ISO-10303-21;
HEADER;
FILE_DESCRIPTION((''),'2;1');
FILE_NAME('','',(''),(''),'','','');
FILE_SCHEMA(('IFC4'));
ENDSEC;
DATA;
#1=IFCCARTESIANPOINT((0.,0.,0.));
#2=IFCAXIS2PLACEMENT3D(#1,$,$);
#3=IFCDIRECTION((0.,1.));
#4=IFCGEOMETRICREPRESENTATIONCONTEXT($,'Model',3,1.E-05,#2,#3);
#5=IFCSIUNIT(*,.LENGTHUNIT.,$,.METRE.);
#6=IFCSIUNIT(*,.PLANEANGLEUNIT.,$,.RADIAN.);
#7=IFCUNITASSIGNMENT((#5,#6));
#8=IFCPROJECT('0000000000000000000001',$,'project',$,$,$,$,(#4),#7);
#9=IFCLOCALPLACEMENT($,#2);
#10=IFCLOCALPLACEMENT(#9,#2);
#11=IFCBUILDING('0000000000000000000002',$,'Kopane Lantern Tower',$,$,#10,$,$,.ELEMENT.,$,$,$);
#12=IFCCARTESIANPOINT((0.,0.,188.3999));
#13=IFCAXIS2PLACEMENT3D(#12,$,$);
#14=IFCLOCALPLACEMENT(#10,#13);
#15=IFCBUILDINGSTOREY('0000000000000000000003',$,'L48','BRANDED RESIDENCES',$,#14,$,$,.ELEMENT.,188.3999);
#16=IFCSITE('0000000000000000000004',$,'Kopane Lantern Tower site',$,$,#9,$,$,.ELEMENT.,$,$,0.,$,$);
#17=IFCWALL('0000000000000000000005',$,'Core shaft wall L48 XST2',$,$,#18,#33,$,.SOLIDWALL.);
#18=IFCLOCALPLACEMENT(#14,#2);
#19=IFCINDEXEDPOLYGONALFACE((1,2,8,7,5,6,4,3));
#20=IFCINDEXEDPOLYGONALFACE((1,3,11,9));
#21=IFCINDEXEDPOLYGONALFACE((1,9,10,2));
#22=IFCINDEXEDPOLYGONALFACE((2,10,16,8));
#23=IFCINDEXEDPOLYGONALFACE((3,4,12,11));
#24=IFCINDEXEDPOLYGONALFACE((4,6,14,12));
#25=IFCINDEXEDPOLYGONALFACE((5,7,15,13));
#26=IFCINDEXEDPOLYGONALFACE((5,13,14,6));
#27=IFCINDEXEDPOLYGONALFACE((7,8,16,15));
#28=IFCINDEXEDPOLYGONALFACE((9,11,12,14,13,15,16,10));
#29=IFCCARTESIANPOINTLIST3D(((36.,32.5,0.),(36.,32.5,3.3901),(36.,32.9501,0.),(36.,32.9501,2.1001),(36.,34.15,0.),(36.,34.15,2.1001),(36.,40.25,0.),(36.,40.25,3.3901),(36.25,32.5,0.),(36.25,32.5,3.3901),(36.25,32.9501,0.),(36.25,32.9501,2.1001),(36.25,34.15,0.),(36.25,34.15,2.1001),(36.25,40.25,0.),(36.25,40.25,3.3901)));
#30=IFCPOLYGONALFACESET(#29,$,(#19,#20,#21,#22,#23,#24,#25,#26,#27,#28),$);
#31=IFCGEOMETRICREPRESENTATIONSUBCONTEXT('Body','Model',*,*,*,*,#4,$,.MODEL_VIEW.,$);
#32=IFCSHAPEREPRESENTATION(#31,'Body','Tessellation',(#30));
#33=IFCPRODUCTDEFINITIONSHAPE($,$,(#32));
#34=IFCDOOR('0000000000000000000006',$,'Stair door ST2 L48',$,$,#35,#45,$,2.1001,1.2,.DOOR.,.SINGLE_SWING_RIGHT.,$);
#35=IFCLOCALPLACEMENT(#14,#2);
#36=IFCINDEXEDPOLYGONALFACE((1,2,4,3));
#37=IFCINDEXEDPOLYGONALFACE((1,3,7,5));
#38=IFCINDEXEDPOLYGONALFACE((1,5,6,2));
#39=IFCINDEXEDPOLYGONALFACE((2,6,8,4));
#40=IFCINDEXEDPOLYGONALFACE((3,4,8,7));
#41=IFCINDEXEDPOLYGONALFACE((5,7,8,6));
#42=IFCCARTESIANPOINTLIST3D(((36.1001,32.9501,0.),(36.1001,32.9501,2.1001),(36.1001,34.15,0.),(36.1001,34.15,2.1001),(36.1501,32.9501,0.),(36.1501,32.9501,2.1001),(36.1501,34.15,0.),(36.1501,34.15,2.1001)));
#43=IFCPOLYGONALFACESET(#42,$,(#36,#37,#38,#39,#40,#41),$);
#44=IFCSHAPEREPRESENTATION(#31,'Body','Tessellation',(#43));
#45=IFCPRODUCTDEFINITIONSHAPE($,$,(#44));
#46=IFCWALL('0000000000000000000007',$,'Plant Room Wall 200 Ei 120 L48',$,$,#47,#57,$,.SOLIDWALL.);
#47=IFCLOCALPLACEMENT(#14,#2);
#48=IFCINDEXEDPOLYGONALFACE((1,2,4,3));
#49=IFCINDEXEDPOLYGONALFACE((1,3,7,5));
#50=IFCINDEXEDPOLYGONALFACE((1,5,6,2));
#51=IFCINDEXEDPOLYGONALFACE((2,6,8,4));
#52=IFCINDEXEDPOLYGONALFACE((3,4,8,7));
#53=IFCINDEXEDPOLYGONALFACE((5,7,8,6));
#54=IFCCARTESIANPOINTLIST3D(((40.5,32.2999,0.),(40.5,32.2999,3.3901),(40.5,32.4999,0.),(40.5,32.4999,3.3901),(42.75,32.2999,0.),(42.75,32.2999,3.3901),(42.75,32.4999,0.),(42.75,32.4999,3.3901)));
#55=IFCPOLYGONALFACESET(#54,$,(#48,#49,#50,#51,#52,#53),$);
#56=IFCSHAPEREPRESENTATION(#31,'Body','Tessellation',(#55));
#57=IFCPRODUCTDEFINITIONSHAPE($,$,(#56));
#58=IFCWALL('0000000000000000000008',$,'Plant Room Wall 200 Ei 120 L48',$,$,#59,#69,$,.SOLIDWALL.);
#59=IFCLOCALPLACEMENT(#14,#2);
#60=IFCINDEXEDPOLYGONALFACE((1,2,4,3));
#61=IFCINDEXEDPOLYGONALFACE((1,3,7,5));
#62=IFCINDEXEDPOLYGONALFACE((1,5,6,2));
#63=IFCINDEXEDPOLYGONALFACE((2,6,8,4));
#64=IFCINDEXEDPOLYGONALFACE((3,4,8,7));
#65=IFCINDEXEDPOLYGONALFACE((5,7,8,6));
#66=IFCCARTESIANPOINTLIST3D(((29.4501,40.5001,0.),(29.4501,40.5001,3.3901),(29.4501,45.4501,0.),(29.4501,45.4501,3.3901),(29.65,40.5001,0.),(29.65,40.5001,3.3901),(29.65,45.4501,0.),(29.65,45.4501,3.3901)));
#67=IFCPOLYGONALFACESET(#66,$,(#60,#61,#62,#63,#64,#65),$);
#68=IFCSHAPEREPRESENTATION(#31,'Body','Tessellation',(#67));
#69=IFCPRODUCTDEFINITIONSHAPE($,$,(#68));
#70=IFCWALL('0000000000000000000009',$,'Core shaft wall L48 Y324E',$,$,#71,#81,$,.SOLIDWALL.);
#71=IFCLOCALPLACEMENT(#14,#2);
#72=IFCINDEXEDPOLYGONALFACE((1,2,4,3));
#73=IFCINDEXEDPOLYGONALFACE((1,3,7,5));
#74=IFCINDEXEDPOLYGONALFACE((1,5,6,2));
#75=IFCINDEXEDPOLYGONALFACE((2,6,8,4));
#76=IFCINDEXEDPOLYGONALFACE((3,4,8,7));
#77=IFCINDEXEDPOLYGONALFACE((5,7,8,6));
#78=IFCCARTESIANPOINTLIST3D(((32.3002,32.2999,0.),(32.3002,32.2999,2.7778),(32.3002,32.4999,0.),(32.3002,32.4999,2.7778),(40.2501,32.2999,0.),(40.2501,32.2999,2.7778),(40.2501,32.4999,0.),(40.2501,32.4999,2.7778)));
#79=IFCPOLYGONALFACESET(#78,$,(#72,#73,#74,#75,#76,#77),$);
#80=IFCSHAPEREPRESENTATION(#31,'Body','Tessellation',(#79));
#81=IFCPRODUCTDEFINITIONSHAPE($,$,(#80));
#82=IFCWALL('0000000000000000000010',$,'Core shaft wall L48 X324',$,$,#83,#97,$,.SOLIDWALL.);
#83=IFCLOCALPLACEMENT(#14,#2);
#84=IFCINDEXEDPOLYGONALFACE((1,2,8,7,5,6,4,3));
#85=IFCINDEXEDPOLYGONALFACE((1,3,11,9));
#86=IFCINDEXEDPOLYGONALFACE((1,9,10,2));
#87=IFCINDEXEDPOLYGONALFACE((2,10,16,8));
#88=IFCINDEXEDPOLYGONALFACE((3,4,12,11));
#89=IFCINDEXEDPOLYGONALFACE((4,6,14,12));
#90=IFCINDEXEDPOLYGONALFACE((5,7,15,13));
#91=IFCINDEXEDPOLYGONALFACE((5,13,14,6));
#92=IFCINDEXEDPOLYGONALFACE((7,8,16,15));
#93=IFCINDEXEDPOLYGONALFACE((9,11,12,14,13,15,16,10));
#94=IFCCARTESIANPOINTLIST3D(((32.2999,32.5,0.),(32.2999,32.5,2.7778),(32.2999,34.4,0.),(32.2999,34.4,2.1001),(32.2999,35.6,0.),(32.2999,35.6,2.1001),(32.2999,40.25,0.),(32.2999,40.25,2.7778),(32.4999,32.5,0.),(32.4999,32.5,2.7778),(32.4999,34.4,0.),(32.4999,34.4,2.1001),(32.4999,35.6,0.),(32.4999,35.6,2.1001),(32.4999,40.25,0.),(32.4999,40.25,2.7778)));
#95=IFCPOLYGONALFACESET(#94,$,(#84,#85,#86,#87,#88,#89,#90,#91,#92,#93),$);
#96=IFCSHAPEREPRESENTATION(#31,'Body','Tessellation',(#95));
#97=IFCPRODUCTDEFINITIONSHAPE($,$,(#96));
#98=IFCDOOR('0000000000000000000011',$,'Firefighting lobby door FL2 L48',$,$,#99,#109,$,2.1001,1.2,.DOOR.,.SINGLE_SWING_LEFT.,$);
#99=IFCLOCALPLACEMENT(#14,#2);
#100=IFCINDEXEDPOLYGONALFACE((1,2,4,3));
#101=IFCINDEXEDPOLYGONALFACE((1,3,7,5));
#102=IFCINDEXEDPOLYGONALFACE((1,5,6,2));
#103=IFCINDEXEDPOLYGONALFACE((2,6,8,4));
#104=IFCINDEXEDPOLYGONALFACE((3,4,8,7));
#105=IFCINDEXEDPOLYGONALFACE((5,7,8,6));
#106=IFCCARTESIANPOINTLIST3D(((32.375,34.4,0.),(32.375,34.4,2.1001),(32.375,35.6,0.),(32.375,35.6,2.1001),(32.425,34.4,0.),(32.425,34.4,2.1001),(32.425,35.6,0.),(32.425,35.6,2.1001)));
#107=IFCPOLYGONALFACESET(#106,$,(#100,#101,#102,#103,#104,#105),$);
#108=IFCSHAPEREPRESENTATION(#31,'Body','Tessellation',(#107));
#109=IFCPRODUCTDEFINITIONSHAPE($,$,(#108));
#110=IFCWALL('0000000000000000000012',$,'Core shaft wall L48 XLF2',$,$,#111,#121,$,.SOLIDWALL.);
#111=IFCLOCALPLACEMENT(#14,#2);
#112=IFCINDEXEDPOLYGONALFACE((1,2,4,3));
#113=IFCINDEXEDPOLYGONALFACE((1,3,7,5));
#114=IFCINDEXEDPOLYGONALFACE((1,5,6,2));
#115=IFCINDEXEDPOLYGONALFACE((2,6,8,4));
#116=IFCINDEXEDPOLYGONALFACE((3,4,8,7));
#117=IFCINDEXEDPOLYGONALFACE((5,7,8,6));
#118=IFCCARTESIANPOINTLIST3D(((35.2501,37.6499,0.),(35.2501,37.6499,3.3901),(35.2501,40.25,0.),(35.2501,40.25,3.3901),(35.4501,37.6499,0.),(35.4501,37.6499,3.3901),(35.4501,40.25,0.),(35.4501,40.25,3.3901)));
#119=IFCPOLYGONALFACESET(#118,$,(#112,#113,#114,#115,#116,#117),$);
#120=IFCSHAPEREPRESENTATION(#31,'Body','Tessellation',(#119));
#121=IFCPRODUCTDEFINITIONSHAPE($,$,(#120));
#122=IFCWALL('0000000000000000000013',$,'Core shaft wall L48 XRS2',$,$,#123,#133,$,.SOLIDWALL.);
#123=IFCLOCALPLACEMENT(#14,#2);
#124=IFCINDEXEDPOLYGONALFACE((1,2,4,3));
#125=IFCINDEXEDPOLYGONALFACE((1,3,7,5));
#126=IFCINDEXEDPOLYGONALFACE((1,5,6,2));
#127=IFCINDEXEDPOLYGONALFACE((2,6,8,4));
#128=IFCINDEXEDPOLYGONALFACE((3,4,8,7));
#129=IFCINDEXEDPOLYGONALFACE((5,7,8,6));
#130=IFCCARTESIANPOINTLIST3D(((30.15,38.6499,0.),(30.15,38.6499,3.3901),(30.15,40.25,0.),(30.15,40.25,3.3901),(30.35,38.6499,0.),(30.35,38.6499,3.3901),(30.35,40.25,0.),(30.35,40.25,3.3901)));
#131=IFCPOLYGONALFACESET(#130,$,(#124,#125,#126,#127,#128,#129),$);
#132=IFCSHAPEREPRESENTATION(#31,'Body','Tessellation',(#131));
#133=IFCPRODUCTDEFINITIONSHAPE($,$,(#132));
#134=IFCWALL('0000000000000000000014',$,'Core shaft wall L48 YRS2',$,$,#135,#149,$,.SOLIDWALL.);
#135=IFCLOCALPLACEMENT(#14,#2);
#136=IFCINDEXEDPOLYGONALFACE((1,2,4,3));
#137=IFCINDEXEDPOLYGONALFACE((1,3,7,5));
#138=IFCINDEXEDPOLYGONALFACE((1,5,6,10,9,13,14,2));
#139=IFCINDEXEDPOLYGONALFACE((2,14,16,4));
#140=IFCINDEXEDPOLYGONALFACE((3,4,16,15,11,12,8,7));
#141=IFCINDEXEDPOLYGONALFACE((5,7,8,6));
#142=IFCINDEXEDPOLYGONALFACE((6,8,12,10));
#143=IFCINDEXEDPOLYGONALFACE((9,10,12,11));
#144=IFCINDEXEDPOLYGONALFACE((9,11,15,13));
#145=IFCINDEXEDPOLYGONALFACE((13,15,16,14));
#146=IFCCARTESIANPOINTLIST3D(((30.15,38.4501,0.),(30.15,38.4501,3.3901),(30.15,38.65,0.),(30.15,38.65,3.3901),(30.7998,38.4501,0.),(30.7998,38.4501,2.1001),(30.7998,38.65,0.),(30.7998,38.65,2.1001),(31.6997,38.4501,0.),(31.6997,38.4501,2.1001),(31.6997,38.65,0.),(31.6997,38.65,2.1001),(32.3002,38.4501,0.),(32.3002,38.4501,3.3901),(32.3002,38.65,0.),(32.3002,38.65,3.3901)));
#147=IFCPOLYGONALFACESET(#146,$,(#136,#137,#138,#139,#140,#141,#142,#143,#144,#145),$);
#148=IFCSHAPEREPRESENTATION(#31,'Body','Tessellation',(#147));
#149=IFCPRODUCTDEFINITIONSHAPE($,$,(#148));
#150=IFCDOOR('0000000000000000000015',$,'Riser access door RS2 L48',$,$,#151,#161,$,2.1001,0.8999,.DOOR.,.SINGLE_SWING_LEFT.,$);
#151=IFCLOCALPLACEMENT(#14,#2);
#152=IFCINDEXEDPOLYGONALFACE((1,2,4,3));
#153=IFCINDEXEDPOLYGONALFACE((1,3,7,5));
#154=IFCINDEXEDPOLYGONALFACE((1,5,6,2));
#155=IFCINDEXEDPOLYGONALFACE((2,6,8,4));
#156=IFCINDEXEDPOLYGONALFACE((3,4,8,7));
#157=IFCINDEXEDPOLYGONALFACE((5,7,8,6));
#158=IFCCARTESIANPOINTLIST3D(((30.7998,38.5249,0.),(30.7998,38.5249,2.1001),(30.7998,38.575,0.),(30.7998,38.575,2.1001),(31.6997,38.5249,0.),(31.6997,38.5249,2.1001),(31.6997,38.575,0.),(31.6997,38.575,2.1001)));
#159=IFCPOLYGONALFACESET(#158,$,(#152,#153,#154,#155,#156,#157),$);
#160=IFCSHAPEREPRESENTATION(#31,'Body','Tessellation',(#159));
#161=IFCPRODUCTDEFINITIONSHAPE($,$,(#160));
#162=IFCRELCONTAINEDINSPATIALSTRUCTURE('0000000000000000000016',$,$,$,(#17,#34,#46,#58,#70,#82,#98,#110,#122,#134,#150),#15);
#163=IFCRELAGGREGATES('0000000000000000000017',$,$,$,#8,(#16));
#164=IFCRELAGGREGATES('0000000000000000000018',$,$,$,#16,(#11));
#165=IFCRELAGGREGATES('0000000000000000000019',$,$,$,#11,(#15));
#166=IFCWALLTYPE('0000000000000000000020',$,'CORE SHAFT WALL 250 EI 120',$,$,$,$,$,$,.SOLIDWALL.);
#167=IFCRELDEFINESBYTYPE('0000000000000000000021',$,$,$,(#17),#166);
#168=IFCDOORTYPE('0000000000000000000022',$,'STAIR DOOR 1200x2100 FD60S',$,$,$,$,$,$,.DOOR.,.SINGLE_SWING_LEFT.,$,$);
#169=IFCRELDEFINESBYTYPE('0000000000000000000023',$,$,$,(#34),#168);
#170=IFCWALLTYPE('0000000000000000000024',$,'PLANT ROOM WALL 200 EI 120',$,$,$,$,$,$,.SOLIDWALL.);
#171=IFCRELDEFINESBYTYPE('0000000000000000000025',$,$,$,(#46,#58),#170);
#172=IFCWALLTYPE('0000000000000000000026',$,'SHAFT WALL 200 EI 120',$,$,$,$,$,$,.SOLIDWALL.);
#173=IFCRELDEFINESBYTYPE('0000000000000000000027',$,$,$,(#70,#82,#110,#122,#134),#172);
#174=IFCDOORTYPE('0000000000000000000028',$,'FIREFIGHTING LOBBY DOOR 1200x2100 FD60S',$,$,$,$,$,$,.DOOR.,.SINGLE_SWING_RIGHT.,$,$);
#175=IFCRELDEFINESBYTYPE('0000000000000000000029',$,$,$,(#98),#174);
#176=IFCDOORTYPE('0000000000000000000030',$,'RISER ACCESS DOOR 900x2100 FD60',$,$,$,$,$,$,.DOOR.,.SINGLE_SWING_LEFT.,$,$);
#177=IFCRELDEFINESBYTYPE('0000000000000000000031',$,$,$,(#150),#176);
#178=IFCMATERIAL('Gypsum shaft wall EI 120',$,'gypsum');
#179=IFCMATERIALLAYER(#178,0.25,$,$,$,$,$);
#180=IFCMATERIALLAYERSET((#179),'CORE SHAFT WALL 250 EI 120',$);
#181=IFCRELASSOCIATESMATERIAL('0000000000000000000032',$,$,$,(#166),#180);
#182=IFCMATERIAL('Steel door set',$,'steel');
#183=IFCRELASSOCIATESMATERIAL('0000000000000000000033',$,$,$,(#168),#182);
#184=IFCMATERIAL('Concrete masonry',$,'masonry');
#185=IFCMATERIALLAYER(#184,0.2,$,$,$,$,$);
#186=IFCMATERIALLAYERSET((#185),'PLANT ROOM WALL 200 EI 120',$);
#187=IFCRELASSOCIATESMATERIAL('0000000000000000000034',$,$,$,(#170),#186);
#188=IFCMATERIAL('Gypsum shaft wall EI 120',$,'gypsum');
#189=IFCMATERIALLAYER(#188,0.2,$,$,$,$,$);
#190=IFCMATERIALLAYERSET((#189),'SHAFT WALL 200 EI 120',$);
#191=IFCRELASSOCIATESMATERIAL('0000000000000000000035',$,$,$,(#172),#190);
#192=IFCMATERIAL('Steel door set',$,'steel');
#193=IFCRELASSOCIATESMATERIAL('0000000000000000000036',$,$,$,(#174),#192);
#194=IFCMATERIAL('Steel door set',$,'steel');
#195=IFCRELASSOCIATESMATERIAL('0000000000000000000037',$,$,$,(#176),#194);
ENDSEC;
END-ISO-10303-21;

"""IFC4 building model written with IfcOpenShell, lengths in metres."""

from ifc_helpers import new_model, si_unit, direction, frame, frame_2d, origin, place, context, subcontext, project, spatial, rectangle, extrude, material, layer, layer_set, type_object, element, fill, save


model = new_model("IFC4")

# Units and contexts
model_context = context("Model", 3, precision=1e-05, world=origin(), true_north=direction((0.0, 1.0)))
body_context = subcontext(model_context, "Body", "Model", "MODEL_VIEW")
ifc_project = project(units=[si_unit("LENGTHUNIT", "METRE"), si_unit("PLANEANGLEUNIT", "RADIAN")], contexts=[model_context])

# Site, building, storey
site_placement = place(None, origin())
site = spatial("IfcSite", under=ifc_project, at=site_placement, Name="Kopane Lantern Tower site", CompositionType="ELEMENT", RefElevation=0.0)
building_placement = place(site_placement, origin())
building = spatial("IfcBuilding", under=site, at=building_placement, Name="Kopane Lantern Tower", CompositionType="ELEMENT")
storey_placement = place(building_placement, frame((0.0, 0.0, 188.3999)))
storey = spatial("IfcBuildingStorey", under=building, at=storey_placement, Name="L48", Description="BRANDED RESIDENCES", CompositionType="ELEMENT", Elevation=188.3999)

# Wall, opening, door
ifc_material_1 = material(Name="Gypsum shaft wall EI 120", Category="gypsum")
ifc_layer_1 = layer(ifc_material_1, 0.25)
ifc_layer_set_1 = layer_set([ifc_layer_1], Name="CORE SHAFT WALL 250 EI 120")
wall_type_1 = type_object("IfcWallType", Name="CORE SHAFT WALL 250 EI 120", PredefinedType="SOLIDWALL", material=ifc_layer_set_1)
wall_1_placement = place(storey_placement, frame((36.125, 32.5, 0.0), z_axis=(0.0, 0.0, 1.0), x_axis=(0.0, 1.0, 0.0)))
wall_1 = element("IfcWall", 1, at=wall_1_placement, inside=storey, type_object=wall_type_1, Name="Core shaft wall L48 XST2", PredefinedType="SOLIDWALL", context=body_context, shape_type="SweptSolid", body=[
    extrude(rectangle(XDim=7.75, YDim=0.25, at=frame_2d((3.875, 0.0))), origin(), (0.0, 0.0, 1.0), 3.3901),
])
opening_1_placement = place(wall_1_placement, frame((0.45, 0.0, 0.0)))
opening_1 = element("IfcOpeningElement", 2, at=opening_1_placement, cuts=wall_1, PredefinedType="OPENING", context=body_context, shape_type="SweptSolid", body=[
    extrude(rectangle(XDim=1.2, YDim=2.1001, at=frame_2d((0.6001, 1.05))), frame((0.0, 0.135, 0.0), z_axis=(0.0, -1.0, 0.0), x_axis=(1.0, 0.0, 0.0)), (0.0, 0.0, 1.0), 0.27),
])
ifc_material_2 = material(Name="Steel door set", Category="steel")
door_type_1 = type_object("IfcDoorType", Name="STAIR DOOR 1200x2100 FD60S", OperationType="SINGLE_SWING_LEFT", PredefinedType="DOOR", material=ifc_material_2)
door_1_placement = place(opening_1_placement, origin())
door_1 = element("IfcDoor", 3, at=door_1_placement, inside=storey, type_object=door_type_1, Name="Stair door ST2 L48", OperationType="SINGLE_SWING_RIGHT", OverallHeight=2.1001, OverallWidth=1.2, PredefinedType="DOOR", context=body_context, shape_type="SweptSolid", body=[
    extrude(rectangle(XDim=1.2, YDim=2.1001, at=frame_2d((0.6001, 1.05))), frame((0.0, 0.0249, 0.0), z_axis=(0.0, -1.0, 0.0), x_axis=(1.0, 0.0, 0.0)), (0.0, 0.0, 1.0), 0.05),
])
fill(opening_1, door_1)

# Walls
ifc_material_3 = material(Name="Concrete masonry", Category="masonry")
ifc_layer_2 = layer(ifc_material_3, 0.2)
ifc_layer_set_2 = layer_set([ifc_layer_2], Name="PLANT ROOM WALL 200 EI 120")
wall_type_2 = type_object("IfcWallType", Name="PLANT ROOM WALL 200 EI 120", PredefinedType="SOLIDWALL", material=ifc_layer_set_2)
wall_2_placement = place(storey_placement, frame((40.5, 32.3999, 0.0), z_axis=(0.0, 0.0, 1.0), x_axis=(1.0, 0.0, 0.0)))
element("IfcWall", 4, at=wall_2_placement, inside=storey, type_object=wall_type_2, Name="Plant Room Wall 200 Ei 120 L48", PredefinedType="SOLIDWALL", context=body_context, shape_type="SweptSolid", body=[
    extrude(rectangle(XDim=2.25, YDim=0.2, at=frame_2d((1.125, 0.0))), origin(), (0.0, 0.0, 1.0), 3.3901),
])
wall_3_placement = place(storey_placement, frame((29.55, 40.5, 0.0), z_axis=(0.0, 0.0, 1.0), x_axis=(0.0, 1.0, 0.0)))
element("IfcWall", 5, at=wall_3_placement, inside=storey, type_object=wall_type_2, Name="Plant Room Wall 200 Ei 120 L48", PredefinedType="SOLIDWALL", context=body_context, shape_type="SweptSolid", body=[
    extrude(rectangle(XDim=4.95, YDim=0.2, at=frame_2d((2.4751, 0.0))), origin(), (0.0, 0.0, 1.0), 3.3901),
])
ifc_material_4 = material(Name="Gypsum shaft wall EI 120", Category="gypsum")
ifc_layer_3 = layer(ifc_material_4, 0.2)
ifc_layer_set_3 = layer_set([ifc_layer_3], Name="SHAFT WALL 200 EI 120")
wall_type_3 = type_object("IfcWallType", Name="SHAFT WALL 200 EI 120", PredefinedType="SOLIDWALL", material=ifc_layer_set_3)
wall_4_placement = place(storey_placement, frame((32.3, 32.3999, 0.0), z_axis=(0.0, 0.0, 1.0), x_axis=(1.0, 0.0, 0.0)))
element("IfcWall", 6, at=wall_4_placement, inside=storey, type_object=wall_type_3, Name="Core shaft wall L48 Y324E", PredefinedType="SOLIDWALL", context=body_context, shape_type="SweptSolid", body=[
    extrude(rectangle(XDim=7.95, YDim=0.2, at=frame_2d((3.9751, 0.0))), origin(), (0.0, 0.0, 1.0), 2.7778),
])

# Wall, opening, door
wall_5_placement = place(storey_placement, frame((32.3999, 32.5, 0.0), z_axis=(0.0, 0.0, 1.0), x_axis=(0.0, 1.0, 0.0)))
wall_5 = element("IfcWall", 7, at=wall_5_placement, inside=storey, type_object=wall_type_3, Name="Core shaft wall L48 X324", PredefinedType="SOLIDWALL", context=body_context, shape_type="SweptSolid", body=[
    extrude(rectangle(XDim=7.75, YDim=0.2, at=frame_2d((3.875, 0.0))), origin(), (0.0, 0.0, 1.0), 2.7778),
])
opening_2_placement = place(wall_5_placement, frame((1.8999, 0.0, 0.0)))
opening_2 = element("IfcOpeningElement", 8, at=opening_2_placement, cuts=wall_5, PredefinedType="OPENING", context=body_context, shape_type="SweptSolid", body=[
    extrude(rectangle(XDim=1.2, YDim=2.1001, at=frame_2d((0.6001, 1.05))), frame((0.0, 0.1099, 0.0), z_axis=(0.0, -1.0, 0.0), x_axis=(1.0, 0.0, 0.0)), (0.0, 0.0, 1.0), 0.22),
])
ifc_material_5 = material(Name="Steel door set", Category="steel")
door_type_2 = type_object("IfcDoorType", Name="FIREFIGHTING LOBBY DOOR 1200x2100 FD60S", OperationType="SINGLE_SWING_RIGHT", PredefinedType="DOOR", material=ifc_material_5)
door_2_placement = place(opening_2_placement, origin())
door_2 = element("IfcDoor", 9, at=door_2_placement, inside=storey, type_object=door_type_2, Name="Firefighting lobby door FL2 L48", OperationType="SINGLE_SWING_LEFT", OverallHeight=2.1001, OverallWidth=1.2, PredefinedType="DOOR", context=body_context, shape_type="SweptSolid", body=[
    extrude(rectangle(XDim=1.2, YDim=2.1001, at=frame_2d((0.6001, 1.05))), frame((0.0, 0.0249, 0.0), z_axis=(0.0, -1.0, 0.0), x_axis=(1.0, 0.0, 0.0)), (0.0, 0.0, 1.0), 0.05),
])
fill(opening_2, door_2)

# Walls
wall_6_placement = place(storey_placement, frame((35.3501, 37.6499, 0.0), z_axis=(0.0, 0.0, 1.0), x_axis=(0.0, 1.0, 0.0)))
element("IfcWall", 10, at=wall_6_placement, inside=storey, type_object=wall_type_3, Name="Core shaft wall L48 XLF2", PredefinedType="SOLIDWALL", context=body_context, shape_type="SweptSolid", body=[
    extrude(rectangle(XDim=2.6001, YDim=0.2, at=frame_2d((1.3, 0.0))), origin(), (0.0, 0.0, 1.0), 3.3901),
])
wall_7_placement = place(storey_placement, frame((30.25, 38.6499, 0.0), z_axis=(0.0, 0.0, 1.0), x_axis=(0.0, 1.0, 0.0)))
element("IfcWall", 11, at=wall_7_placement, inside=storey, type_object=wall_type_3, Name="Core shaft wall L48 XRS2", PredefinedType="SOLIDWALL", context=body_context, shape_type="SweptSolid", body=[
    extrude(rectangle(XDim=1.6001, YDim=0.2, at=frame_2d((0.8, 0.0))), origin(), (0.0, 0.0, 1.0), 3.3901),
])

# Wall, opening, door
wall_8_placement = place(storey_placement, frame((30.1499, 38.55, 0.0), z_axis=(0.0, 0.0, 1.0), x_axis=(1.0, 0.0, 0.0)))
wall_8 = element("IfcWall", 12, at=wall_8_placement, inside=storey, type_object=wall_type_3, Name="Core shaft wall L48 YRS2", PredefinedType="SOLIDWALL", context=body_context, shape_type="SweptSolid", body=[
    extrude(rectangle(XDim=2.1501, YDim=0.2, at=frame_2d((1.0752, 0.0))), origin(), (0.0, 0.0, 1.0), 3.3901),
])
opening_3_placement = place(wall_8_placement, frame((0.6499, 0.0, 0.0)))
opening_3 = element("IfcOpeningElement", 13, at=opening_3_placement, cuts=wall_8, PredefinedType="OPENING", context=body_context, shape_type="SweptSolid", body=[
    extrude(rectangle(XDim=0.8999, YDim=2.1001, at=frame_2d((0.45, 1.05))), frame((0.0, 0.1099, 0.0), z_axis=(0.0, -1.0, 0.0), x_axis=(1.0, 0.0, 0.0)), (0.0, 0.0, 1.0), 0.22),
])
ifc_material_6 = material(Name="Steel door set", Category="steel")
door_type_3 = type_object("IfcDoorType", Name="RISER ACCESS DOOR 900x2100 FD60", OperationType="SINGLE_SWING_LEFT", PredefinedType="DOOR", material=ifc_material_6)
door_3_placement = place(opening_3_placement, origin())
door_3 = element("IfcDoor", 14, at=door_3_placement, inside=storey, type_object=door_type_3, Name="Riser access door RS2 L48", OperationType="SINGLE_SWING_LEFT", OverallHeight=2.1001, OverallWidth=0.8999, PredefinedType="DOOR", context=body_context, shape_type="SweptSolid", body=[
    extrude(rectangle(XDim=0.8999, YDim=2.1001, at=frame_2d((0.45, 1.05))), frame((0.0, 0.0249, 0.0), z_axis=(0.0, -1.0, 0.0), x_axis=(1.0, 0.0, 0.0)), (0.0, 0.0, 1.0), 0.05),
])
fill(opening_3, door_3)

save(model, "model.ifc")
